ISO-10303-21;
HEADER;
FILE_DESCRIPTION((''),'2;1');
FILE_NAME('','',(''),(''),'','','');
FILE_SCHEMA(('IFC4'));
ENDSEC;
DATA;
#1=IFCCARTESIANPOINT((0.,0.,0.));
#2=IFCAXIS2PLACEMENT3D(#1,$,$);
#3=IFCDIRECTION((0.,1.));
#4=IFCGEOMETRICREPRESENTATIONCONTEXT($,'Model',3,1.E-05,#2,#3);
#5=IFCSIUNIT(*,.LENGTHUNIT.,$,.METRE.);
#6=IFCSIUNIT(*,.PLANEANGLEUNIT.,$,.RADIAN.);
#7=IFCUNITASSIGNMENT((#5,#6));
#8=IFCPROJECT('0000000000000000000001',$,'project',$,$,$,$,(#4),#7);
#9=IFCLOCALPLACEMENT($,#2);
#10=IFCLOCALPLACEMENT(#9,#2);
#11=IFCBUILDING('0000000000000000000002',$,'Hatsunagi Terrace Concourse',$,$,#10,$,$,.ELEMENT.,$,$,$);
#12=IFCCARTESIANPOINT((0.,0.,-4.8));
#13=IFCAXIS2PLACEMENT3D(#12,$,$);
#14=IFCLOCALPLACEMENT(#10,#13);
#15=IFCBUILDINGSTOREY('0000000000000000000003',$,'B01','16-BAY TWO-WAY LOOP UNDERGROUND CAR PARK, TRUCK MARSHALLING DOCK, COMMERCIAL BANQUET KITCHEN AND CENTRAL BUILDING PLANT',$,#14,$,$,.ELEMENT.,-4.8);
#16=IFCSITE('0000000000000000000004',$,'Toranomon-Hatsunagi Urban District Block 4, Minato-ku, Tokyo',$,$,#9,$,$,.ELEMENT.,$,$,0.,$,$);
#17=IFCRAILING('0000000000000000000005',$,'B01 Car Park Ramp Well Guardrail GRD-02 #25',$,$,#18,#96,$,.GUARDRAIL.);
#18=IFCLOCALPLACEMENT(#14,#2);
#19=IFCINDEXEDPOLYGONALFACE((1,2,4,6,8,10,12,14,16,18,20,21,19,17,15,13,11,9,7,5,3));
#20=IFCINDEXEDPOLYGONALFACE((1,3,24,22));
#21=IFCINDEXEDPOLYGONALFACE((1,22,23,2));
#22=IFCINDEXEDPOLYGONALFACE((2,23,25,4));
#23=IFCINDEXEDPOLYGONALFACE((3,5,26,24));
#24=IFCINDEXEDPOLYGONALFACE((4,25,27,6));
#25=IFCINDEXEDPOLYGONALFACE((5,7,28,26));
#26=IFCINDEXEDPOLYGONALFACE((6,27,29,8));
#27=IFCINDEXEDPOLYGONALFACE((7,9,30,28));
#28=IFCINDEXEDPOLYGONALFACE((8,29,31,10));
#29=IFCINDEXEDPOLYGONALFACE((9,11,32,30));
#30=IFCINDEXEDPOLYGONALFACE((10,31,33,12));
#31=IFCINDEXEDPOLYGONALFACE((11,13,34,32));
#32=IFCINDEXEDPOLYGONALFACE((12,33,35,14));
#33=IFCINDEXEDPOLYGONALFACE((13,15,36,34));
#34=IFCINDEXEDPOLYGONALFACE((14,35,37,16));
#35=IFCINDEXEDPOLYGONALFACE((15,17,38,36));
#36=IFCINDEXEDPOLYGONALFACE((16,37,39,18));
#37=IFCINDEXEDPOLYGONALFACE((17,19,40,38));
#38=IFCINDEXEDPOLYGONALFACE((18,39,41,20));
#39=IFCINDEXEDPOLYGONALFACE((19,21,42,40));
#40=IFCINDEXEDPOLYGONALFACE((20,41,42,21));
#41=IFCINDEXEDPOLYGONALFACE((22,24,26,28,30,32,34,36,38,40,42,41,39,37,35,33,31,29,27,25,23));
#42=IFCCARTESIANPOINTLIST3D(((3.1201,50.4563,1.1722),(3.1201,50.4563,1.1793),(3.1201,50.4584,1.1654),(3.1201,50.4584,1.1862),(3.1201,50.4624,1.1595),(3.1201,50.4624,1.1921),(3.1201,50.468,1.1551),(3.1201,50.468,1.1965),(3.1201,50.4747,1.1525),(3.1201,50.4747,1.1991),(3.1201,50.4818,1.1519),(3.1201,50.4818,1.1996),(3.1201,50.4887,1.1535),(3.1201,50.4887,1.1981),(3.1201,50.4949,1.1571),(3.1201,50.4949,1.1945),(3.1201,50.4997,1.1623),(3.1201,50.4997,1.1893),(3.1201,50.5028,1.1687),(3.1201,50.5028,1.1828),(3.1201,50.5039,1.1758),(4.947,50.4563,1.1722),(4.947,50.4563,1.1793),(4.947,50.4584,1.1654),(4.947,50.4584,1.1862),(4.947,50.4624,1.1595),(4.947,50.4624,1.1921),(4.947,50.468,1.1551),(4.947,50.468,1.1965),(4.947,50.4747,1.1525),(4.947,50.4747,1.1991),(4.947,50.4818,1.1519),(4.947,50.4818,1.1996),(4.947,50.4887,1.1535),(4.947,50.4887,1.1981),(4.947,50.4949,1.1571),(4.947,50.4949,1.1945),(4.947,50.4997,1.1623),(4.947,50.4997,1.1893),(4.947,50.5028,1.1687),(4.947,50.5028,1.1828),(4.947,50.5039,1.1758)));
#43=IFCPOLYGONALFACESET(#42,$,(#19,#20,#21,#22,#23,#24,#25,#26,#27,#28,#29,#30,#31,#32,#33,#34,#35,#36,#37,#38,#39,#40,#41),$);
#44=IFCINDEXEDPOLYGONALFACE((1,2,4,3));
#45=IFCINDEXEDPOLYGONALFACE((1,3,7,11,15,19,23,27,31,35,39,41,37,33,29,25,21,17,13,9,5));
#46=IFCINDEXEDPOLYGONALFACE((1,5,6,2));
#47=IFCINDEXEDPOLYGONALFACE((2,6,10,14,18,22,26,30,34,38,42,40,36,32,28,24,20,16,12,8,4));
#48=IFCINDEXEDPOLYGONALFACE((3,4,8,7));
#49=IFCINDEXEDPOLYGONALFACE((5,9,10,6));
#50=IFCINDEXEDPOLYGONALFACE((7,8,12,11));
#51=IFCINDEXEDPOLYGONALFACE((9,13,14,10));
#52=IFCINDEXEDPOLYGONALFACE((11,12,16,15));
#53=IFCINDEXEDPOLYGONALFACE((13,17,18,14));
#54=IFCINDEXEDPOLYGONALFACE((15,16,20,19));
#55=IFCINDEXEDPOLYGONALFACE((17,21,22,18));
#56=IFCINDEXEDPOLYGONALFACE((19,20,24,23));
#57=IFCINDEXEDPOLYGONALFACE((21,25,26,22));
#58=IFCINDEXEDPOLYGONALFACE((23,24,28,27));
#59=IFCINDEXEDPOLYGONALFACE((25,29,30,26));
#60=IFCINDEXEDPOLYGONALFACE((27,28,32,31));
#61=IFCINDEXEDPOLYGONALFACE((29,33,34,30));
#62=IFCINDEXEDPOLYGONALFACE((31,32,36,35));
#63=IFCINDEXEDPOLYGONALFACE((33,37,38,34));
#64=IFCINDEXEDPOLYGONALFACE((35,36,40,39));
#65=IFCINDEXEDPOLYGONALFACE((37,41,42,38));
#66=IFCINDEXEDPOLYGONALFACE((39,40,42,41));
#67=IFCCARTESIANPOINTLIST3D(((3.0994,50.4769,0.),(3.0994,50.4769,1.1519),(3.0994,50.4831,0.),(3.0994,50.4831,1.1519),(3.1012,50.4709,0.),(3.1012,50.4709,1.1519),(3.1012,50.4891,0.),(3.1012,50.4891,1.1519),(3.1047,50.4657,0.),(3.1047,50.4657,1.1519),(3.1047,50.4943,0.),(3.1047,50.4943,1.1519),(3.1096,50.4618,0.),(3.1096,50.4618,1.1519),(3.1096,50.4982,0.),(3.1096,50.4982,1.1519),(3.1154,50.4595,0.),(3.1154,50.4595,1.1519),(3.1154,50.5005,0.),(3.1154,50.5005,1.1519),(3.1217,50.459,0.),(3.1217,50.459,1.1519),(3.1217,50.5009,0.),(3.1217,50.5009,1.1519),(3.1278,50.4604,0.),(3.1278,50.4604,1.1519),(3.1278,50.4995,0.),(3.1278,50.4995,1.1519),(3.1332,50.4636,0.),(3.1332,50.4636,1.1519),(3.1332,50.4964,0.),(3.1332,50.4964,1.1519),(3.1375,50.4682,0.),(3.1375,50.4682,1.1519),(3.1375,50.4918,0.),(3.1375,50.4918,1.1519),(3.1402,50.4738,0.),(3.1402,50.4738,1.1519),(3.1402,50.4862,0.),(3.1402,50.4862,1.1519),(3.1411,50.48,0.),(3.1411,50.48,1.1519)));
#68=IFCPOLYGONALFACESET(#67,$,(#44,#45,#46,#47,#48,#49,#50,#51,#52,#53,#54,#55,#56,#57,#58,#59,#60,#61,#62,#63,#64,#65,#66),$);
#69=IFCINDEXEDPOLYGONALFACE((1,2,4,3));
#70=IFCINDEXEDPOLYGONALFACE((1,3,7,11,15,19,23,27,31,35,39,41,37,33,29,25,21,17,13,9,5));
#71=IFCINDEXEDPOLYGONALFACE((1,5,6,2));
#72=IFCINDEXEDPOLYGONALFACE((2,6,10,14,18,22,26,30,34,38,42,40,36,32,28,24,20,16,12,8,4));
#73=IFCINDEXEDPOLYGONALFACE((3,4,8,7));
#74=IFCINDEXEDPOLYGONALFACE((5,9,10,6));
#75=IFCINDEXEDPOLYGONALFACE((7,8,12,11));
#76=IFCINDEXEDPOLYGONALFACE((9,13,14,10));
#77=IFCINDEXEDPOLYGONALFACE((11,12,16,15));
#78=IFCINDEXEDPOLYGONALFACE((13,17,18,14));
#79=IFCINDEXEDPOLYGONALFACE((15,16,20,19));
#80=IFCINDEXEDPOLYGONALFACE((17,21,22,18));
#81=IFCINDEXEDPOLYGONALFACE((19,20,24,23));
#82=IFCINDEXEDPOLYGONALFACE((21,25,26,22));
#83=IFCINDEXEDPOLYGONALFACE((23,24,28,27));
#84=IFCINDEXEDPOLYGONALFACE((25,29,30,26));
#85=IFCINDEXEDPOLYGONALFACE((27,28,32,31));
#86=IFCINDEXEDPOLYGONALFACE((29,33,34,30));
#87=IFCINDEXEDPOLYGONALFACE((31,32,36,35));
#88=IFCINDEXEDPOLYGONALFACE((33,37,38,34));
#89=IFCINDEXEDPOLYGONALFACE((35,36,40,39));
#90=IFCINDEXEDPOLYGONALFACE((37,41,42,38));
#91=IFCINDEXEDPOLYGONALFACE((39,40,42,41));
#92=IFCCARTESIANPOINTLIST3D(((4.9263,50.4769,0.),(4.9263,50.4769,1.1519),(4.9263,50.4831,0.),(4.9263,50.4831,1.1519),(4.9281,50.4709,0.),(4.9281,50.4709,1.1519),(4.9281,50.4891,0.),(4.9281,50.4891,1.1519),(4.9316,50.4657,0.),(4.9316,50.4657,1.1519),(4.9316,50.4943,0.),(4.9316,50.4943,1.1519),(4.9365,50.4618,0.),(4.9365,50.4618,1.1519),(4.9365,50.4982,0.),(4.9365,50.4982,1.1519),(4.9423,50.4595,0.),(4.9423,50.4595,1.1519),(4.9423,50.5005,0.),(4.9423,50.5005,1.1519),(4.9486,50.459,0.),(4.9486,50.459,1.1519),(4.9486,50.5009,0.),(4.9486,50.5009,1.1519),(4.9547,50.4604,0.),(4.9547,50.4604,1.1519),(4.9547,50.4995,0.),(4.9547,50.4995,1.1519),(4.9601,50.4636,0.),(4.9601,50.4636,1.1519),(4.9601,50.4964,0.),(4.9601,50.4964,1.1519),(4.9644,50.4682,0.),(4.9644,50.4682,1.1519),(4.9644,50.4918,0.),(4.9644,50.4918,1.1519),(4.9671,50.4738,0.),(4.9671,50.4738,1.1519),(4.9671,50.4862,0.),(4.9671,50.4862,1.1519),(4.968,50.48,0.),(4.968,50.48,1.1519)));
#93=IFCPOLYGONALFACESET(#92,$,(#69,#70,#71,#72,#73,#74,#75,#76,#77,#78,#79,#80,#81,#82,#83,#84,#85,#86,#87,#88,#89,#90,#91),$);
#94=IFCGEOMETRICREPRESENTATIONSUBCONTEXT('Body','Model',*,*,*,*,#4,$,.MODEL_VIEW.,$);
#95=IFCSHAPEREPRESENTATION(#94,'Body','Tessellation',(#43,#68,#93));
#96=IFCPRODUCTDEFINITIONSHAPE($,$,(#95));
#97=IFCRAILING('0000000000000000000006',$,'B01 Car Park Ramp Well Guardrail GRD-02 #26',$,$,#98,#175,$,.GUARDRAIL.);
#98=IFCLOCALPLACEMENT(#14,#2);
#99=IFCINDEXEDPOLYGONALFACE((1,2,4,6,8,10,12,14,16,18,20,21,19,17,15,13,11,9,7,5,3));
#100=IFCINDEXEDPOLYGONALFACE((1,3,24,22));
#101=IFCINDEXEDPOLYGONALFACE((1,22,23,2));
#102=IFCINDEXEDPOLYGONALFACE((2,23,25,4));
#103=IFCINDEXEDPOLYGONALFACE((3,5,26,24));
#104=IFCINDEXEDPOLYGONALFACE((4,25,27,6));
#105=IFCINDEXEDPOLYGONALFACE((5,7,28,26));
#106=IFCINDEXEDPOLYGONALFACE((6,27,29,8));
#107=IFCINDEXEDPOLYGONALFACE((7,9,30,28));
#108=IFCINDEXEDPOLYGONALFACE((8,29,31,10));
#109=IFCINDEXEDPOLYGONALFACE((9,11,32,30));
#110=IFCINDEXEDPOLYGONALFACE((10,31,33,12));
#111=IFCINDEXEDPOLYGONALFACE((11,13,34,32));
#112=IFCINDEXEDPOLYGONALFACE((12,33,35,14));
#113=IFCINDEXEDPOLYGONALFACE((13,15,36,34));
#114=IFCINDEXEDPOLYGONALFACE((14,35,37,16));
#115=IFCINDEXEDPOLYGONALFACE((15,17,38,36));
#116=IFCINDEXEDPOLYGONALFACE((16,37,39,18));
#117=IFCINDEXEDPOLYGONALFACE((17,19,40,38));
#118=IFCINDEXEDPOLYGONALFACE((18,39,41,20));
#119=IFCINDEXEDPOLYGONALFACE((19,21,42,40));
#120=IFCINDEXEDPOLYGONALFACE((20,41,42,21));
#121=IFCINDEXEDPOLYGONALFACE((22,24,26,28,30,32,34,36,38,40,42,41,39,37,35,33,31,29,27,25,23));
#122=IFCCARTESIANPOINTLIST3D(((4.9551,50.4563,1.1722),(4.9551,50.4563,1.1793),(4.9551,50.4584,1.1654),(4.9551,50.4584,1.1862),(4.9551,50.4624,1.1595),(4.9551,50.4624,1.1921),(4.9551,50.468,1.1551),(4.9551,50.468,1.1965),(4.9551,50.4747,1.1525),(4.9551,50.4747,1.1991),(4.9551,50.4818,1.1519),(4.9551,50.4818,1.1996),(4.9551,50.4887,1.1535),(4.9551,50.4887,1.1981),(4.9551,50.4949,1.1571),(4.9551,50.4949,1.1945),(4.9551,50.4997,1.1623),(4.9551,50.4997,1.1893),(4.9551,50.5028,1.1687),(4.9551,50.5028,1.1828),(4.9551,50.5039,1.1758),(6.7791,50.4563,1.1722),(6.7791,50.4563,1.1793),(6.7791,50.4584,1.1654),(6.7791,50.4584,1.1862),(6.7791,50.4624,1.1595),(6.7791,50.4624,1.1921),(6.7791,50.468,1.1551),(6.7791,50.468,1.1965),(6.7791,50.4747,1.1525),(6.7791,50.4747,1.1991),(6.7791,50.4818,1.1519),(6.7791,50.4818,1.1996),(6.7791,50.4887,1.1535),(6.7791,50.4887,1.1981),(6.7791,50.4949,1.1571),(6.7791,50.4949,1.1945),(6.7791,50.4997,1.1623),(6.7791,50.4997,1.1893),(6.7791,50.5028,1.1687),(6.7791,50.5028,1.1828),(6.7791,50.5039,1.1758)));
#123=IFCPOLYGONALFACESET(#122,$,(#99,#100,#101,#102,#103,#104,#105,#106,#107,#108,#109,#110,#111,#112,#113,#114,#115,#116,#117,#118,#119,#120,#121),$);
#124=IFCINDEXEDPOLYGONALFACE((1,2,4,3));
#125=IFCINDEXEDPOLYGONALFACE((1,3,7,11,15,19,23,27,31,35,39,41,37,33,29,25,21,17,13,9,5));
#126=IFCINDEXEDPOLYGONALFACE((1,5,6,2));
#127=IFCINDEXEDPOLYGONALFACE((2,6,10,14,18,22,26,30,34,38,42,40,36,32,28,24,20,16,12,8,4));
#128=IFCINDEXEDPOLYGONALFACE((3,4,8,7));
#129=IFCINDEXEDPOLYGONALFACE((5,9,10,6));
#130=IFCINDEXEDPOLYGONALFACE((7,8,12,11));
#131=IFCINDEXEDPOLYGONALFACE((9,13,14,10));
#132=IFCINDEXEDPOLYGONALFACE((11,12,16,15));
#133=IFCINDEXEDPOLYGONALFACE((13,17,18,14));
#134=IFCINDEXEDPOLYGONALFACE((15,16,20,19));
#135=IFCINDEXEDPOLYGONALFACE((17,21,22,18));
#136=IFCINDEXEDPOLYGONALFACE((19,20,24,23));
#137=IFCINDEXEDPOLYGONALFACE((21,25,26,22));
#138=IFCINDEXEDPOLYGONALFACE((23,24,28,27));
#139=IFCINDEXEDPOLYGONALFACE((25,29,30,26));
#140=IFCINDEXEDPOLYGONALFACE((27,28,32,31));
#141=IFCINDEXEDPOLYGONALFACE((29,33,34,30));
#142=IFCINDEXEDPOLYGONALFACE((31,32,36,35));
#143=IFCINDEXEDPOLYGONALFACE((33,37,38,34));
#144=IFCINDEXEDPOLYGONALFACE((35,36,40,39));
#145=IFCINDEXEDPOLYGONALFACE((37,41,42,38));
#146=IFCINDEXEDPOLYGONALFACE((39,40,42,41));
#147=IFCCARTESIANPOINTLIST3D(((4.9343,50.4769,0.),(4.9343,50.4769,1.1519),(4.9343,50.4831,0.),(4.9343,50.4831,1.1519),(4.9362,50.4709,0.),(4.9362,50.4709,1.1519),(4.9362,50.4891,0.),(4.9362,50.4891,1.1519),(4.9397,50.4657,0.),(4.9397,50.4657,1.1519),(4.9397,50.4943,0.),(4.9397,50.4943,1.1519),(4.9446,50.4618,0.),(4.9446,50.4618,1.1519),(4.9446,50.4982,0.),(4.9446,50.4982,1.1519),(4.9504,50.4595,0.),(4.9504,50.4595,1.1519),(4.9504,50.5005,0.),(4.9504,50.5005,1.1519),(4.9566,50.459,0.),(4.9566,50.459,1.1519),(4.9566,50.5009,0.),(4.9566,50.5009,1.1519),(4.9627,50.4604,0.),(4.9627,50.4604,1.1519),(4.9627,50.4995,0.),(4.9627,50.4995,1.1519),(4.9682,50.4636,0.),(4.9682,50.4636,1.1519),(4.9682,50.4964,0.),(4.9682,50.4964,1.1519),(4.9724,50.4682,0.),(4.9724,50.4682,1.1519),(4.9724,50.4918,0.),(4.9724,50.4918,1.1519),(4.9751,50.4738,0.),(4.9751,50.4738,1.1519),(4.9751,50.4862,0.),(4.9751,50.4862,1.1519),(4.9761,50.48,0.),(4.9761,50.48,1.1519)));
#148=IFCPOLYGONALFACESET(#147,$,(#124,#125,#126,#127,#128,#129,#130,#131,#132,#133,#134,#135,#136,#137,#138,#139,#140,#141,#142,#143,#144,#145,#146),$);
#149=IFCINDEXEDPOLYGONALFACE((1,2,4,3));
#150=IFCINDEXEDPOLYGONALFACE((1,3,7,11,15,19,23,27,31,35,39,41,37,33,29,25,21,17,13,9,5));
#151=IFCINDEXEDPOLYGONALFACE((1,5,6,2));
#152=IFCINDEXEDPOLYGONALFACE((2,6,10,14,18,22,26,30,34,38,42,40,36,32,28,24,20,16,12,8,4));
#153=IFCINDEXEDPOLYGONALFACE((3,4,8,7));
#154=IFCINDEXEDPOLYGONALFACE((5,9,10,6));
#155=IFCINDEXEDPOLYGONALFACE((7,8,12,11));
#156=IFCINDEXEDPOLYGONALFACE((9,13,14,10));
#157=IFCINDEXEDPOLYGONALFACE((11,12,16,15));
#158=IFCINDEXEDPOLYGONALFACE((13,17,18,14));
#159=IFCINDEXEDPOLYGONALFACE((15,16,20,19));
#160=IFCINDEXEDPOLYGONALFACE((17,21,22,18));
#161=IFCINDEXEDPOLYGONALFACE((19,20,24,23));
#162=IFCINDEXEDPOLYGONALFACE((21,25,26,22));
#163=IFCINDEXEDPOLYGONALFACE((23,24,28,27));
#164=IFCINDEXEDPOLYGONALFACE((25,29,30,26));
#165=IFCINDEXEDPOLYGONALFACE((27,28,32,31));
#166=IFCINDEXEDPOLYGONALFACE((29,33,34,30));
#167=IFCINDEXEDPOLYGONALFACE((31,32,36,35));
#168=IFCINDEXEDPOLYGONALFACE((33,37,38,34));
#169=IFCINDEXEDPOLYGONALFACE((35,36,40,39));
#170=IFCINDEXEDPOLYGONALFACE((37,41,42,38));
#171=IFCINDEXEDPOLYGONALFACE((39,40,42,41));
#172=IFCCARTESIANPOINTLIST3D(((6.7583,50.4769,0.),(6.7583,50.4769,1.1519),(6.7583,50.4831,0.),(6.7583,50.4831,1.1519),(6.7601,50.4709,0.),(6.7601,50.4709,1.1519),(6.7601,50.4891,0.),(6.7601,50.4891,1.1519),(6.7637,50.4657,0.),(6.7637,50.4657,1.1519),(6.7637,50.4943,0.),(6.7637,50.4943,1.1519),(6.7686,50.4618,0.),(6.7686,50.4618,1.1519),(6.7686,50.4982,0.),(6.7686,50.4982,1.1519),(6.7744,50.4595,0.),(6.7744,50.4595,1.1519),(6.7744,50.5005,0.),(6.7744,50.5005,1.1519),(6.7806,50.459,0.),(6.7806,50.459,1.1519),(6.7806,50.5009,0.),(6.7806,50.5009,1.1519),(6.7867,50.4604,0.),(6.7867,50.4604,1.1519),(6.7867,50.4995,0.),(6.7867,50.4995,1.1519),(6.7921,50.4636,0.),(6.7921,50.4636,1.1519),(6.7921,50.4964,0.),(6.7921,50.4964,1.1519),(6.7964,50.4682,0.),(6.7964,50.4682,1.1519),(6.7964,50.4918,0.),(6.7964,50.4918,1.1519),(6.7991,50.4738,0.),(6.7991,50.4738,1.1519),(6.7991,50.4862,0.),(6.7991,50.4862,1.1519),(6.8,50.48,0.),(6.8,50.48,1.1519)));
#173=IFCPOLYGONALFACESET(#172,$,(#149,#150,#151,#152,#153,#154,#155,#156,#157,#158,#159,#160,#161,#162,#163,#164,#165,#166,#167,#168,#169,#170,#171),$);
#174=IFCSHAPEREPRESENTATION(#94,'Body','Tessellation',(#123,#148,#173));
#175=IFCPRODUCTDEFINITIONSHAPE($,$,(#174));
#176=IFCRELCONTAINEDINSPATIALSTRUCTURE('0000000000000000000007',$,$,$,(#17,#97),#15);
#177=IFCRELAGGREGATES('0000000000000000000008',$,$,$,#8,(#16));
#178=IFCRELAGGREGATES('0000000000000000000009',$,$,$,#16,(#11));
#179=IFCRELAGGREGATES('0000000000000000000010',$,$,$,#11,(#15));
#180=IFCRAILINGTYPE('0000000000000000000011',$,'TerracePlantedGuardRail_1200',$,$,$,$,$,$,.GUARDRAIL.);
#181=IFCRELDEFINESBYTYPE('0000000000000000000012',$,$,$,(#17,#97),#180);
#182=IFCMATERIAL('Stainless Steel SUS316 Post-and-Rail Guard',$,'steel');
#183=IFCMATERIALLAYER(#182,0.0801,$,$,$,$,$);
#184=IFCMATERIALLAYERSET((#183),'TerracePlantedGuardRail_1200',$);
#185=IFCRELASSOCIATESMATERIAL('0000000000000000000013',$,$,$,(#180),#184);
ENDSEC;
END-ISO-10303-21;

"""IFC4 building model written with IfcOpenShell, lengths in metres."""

from ifc_helpers import new_model, si_unit, direction, frame, origin, origin_2d, place, context, subcontext, project, spatial, circle, extrude, material, layer, layer_set, type_object, element, save


model = new_model("IFC4")

# Units and contexts
model_context = context("Model", 3, precision=1e-05, world=origin(), true_north=direction((0.0, 1.0)))
body_context = subcontext(model_context, "Body", "Model", "MODEL_VIEW")
ifc_project = project(units=[si_unit("LENGTHUNIT", "METRE"), si_unit("PLANEANGLEUNIT", "RADIAN")], contexts=[model_context])

# Site, building, storey
site_placement = place(None, origin())
site = spatial("IfcSite", under=ifc_project, at=site_placement, Name="Toranomon-Hatsunagi Urban District Block 4, Minato-ku, Tokyo", CompositionType="ELEMENT", RefElevation=0.0)
building_placement = place(site_placement, origin())
building = spatial("IfcBuilding", under=site, at=building_placement, Name="Hatsunagi Terrace Concourse", CompositionType="ELEMENT")
storey_placement = place(building_placement, frame((0.0, 0.0, -4.8)))
storey = spatial("IfcBuildingStorey", under=building, at=storey_placement, Name="B01", Description="16-BAY TWO-WAY LOOP UNDERGROUND CAR PARK, TRUCK MARSHALLING DOCK, COMMERCIAL BANQUET KITCHEN AND CENTRAL BUILDING PLANT", CompositionType="ELEMENT", Elevation=-4.8)

# Railings
ifc_material_1 = material(Name="Stainless Steel SUS316 Post-and-Rail Guard", Category="steel")
ifc_layer_1 = layer(ifc_material_1, 0.0801)
ifc_layer_set_1 = layer_set([ifc_layer_1], Name="TerracePlantedGuardRail_1200")
railing_type = type_object("IfcRailingType", Name="TerracePlantedGuardRail_1200", PredefinedType="GUARDRAIL", material=ifc_layer_set_1)
railing_1_placement = place(storey_placement, frame((3.1201, 50.48, 0.0)))
element("IfcRailing", 1, at=railing_1_placement, inside=storey, type_object=railing_type, Name="B01 Car Park Ramp Well Guardrail GRD-02 #25", PredefinedType="GUARDRAIL", context=body_context, shape_type="SweptSolid", body=[
    extrude(circle(Radius=0.0239, at=origin_2d()), frame((0.0, 0.0, 1.1758), z_axis=(1.0, 0.0, 0.0), x_axis=(0.0, 1.0, 0.0)), (0.0, 0.0, 1.0), 1.8269),
    extrude(circle(Radius=0.021, at=origin_2d()), origin(), (0.0, 0.0, 1.0), 1.1519),
    extrude(circle(Radius=0.021, at=origin_2d()), frame((1.8269, 0.0, 0.0)), (0.0, 0.0, 1.0), 1.1519),
])
railing_2_placement = place(storey_placement, frame((4.9551, 50.48, 0.0)))
element("IfcRailing", 2, at=railing_2_placement, inside=storey, type_object=railing_type, Name="B01 Car Park Ramp Well Guardrail GRD-02 #26", PredefinedType="GUARDRAIL", context=body_context, shape_type="SweptSolid", body=[
    extrude(circle(Radius=0.0239, at=origin_2d()), frame((0.0, 0.0, 1.1758), z_axis=(1.0, 0.0, 0.0), x_axis=(0.0, 1.0, 0.0)), (0.0, 0.0, 1.0), 1.824),
    extrude(circle(Radius=0.021, at=origin_2d()), origin(), (0.0, 0.0, 1.0), 1.1519),
    extrude(circle(Radius=0.021, at=origin_2d()), frame((1.824, 0.0, 0.0)), (0.0, 0.0, 1.0), 1.1519),
])

save(model, "model.ifc")
